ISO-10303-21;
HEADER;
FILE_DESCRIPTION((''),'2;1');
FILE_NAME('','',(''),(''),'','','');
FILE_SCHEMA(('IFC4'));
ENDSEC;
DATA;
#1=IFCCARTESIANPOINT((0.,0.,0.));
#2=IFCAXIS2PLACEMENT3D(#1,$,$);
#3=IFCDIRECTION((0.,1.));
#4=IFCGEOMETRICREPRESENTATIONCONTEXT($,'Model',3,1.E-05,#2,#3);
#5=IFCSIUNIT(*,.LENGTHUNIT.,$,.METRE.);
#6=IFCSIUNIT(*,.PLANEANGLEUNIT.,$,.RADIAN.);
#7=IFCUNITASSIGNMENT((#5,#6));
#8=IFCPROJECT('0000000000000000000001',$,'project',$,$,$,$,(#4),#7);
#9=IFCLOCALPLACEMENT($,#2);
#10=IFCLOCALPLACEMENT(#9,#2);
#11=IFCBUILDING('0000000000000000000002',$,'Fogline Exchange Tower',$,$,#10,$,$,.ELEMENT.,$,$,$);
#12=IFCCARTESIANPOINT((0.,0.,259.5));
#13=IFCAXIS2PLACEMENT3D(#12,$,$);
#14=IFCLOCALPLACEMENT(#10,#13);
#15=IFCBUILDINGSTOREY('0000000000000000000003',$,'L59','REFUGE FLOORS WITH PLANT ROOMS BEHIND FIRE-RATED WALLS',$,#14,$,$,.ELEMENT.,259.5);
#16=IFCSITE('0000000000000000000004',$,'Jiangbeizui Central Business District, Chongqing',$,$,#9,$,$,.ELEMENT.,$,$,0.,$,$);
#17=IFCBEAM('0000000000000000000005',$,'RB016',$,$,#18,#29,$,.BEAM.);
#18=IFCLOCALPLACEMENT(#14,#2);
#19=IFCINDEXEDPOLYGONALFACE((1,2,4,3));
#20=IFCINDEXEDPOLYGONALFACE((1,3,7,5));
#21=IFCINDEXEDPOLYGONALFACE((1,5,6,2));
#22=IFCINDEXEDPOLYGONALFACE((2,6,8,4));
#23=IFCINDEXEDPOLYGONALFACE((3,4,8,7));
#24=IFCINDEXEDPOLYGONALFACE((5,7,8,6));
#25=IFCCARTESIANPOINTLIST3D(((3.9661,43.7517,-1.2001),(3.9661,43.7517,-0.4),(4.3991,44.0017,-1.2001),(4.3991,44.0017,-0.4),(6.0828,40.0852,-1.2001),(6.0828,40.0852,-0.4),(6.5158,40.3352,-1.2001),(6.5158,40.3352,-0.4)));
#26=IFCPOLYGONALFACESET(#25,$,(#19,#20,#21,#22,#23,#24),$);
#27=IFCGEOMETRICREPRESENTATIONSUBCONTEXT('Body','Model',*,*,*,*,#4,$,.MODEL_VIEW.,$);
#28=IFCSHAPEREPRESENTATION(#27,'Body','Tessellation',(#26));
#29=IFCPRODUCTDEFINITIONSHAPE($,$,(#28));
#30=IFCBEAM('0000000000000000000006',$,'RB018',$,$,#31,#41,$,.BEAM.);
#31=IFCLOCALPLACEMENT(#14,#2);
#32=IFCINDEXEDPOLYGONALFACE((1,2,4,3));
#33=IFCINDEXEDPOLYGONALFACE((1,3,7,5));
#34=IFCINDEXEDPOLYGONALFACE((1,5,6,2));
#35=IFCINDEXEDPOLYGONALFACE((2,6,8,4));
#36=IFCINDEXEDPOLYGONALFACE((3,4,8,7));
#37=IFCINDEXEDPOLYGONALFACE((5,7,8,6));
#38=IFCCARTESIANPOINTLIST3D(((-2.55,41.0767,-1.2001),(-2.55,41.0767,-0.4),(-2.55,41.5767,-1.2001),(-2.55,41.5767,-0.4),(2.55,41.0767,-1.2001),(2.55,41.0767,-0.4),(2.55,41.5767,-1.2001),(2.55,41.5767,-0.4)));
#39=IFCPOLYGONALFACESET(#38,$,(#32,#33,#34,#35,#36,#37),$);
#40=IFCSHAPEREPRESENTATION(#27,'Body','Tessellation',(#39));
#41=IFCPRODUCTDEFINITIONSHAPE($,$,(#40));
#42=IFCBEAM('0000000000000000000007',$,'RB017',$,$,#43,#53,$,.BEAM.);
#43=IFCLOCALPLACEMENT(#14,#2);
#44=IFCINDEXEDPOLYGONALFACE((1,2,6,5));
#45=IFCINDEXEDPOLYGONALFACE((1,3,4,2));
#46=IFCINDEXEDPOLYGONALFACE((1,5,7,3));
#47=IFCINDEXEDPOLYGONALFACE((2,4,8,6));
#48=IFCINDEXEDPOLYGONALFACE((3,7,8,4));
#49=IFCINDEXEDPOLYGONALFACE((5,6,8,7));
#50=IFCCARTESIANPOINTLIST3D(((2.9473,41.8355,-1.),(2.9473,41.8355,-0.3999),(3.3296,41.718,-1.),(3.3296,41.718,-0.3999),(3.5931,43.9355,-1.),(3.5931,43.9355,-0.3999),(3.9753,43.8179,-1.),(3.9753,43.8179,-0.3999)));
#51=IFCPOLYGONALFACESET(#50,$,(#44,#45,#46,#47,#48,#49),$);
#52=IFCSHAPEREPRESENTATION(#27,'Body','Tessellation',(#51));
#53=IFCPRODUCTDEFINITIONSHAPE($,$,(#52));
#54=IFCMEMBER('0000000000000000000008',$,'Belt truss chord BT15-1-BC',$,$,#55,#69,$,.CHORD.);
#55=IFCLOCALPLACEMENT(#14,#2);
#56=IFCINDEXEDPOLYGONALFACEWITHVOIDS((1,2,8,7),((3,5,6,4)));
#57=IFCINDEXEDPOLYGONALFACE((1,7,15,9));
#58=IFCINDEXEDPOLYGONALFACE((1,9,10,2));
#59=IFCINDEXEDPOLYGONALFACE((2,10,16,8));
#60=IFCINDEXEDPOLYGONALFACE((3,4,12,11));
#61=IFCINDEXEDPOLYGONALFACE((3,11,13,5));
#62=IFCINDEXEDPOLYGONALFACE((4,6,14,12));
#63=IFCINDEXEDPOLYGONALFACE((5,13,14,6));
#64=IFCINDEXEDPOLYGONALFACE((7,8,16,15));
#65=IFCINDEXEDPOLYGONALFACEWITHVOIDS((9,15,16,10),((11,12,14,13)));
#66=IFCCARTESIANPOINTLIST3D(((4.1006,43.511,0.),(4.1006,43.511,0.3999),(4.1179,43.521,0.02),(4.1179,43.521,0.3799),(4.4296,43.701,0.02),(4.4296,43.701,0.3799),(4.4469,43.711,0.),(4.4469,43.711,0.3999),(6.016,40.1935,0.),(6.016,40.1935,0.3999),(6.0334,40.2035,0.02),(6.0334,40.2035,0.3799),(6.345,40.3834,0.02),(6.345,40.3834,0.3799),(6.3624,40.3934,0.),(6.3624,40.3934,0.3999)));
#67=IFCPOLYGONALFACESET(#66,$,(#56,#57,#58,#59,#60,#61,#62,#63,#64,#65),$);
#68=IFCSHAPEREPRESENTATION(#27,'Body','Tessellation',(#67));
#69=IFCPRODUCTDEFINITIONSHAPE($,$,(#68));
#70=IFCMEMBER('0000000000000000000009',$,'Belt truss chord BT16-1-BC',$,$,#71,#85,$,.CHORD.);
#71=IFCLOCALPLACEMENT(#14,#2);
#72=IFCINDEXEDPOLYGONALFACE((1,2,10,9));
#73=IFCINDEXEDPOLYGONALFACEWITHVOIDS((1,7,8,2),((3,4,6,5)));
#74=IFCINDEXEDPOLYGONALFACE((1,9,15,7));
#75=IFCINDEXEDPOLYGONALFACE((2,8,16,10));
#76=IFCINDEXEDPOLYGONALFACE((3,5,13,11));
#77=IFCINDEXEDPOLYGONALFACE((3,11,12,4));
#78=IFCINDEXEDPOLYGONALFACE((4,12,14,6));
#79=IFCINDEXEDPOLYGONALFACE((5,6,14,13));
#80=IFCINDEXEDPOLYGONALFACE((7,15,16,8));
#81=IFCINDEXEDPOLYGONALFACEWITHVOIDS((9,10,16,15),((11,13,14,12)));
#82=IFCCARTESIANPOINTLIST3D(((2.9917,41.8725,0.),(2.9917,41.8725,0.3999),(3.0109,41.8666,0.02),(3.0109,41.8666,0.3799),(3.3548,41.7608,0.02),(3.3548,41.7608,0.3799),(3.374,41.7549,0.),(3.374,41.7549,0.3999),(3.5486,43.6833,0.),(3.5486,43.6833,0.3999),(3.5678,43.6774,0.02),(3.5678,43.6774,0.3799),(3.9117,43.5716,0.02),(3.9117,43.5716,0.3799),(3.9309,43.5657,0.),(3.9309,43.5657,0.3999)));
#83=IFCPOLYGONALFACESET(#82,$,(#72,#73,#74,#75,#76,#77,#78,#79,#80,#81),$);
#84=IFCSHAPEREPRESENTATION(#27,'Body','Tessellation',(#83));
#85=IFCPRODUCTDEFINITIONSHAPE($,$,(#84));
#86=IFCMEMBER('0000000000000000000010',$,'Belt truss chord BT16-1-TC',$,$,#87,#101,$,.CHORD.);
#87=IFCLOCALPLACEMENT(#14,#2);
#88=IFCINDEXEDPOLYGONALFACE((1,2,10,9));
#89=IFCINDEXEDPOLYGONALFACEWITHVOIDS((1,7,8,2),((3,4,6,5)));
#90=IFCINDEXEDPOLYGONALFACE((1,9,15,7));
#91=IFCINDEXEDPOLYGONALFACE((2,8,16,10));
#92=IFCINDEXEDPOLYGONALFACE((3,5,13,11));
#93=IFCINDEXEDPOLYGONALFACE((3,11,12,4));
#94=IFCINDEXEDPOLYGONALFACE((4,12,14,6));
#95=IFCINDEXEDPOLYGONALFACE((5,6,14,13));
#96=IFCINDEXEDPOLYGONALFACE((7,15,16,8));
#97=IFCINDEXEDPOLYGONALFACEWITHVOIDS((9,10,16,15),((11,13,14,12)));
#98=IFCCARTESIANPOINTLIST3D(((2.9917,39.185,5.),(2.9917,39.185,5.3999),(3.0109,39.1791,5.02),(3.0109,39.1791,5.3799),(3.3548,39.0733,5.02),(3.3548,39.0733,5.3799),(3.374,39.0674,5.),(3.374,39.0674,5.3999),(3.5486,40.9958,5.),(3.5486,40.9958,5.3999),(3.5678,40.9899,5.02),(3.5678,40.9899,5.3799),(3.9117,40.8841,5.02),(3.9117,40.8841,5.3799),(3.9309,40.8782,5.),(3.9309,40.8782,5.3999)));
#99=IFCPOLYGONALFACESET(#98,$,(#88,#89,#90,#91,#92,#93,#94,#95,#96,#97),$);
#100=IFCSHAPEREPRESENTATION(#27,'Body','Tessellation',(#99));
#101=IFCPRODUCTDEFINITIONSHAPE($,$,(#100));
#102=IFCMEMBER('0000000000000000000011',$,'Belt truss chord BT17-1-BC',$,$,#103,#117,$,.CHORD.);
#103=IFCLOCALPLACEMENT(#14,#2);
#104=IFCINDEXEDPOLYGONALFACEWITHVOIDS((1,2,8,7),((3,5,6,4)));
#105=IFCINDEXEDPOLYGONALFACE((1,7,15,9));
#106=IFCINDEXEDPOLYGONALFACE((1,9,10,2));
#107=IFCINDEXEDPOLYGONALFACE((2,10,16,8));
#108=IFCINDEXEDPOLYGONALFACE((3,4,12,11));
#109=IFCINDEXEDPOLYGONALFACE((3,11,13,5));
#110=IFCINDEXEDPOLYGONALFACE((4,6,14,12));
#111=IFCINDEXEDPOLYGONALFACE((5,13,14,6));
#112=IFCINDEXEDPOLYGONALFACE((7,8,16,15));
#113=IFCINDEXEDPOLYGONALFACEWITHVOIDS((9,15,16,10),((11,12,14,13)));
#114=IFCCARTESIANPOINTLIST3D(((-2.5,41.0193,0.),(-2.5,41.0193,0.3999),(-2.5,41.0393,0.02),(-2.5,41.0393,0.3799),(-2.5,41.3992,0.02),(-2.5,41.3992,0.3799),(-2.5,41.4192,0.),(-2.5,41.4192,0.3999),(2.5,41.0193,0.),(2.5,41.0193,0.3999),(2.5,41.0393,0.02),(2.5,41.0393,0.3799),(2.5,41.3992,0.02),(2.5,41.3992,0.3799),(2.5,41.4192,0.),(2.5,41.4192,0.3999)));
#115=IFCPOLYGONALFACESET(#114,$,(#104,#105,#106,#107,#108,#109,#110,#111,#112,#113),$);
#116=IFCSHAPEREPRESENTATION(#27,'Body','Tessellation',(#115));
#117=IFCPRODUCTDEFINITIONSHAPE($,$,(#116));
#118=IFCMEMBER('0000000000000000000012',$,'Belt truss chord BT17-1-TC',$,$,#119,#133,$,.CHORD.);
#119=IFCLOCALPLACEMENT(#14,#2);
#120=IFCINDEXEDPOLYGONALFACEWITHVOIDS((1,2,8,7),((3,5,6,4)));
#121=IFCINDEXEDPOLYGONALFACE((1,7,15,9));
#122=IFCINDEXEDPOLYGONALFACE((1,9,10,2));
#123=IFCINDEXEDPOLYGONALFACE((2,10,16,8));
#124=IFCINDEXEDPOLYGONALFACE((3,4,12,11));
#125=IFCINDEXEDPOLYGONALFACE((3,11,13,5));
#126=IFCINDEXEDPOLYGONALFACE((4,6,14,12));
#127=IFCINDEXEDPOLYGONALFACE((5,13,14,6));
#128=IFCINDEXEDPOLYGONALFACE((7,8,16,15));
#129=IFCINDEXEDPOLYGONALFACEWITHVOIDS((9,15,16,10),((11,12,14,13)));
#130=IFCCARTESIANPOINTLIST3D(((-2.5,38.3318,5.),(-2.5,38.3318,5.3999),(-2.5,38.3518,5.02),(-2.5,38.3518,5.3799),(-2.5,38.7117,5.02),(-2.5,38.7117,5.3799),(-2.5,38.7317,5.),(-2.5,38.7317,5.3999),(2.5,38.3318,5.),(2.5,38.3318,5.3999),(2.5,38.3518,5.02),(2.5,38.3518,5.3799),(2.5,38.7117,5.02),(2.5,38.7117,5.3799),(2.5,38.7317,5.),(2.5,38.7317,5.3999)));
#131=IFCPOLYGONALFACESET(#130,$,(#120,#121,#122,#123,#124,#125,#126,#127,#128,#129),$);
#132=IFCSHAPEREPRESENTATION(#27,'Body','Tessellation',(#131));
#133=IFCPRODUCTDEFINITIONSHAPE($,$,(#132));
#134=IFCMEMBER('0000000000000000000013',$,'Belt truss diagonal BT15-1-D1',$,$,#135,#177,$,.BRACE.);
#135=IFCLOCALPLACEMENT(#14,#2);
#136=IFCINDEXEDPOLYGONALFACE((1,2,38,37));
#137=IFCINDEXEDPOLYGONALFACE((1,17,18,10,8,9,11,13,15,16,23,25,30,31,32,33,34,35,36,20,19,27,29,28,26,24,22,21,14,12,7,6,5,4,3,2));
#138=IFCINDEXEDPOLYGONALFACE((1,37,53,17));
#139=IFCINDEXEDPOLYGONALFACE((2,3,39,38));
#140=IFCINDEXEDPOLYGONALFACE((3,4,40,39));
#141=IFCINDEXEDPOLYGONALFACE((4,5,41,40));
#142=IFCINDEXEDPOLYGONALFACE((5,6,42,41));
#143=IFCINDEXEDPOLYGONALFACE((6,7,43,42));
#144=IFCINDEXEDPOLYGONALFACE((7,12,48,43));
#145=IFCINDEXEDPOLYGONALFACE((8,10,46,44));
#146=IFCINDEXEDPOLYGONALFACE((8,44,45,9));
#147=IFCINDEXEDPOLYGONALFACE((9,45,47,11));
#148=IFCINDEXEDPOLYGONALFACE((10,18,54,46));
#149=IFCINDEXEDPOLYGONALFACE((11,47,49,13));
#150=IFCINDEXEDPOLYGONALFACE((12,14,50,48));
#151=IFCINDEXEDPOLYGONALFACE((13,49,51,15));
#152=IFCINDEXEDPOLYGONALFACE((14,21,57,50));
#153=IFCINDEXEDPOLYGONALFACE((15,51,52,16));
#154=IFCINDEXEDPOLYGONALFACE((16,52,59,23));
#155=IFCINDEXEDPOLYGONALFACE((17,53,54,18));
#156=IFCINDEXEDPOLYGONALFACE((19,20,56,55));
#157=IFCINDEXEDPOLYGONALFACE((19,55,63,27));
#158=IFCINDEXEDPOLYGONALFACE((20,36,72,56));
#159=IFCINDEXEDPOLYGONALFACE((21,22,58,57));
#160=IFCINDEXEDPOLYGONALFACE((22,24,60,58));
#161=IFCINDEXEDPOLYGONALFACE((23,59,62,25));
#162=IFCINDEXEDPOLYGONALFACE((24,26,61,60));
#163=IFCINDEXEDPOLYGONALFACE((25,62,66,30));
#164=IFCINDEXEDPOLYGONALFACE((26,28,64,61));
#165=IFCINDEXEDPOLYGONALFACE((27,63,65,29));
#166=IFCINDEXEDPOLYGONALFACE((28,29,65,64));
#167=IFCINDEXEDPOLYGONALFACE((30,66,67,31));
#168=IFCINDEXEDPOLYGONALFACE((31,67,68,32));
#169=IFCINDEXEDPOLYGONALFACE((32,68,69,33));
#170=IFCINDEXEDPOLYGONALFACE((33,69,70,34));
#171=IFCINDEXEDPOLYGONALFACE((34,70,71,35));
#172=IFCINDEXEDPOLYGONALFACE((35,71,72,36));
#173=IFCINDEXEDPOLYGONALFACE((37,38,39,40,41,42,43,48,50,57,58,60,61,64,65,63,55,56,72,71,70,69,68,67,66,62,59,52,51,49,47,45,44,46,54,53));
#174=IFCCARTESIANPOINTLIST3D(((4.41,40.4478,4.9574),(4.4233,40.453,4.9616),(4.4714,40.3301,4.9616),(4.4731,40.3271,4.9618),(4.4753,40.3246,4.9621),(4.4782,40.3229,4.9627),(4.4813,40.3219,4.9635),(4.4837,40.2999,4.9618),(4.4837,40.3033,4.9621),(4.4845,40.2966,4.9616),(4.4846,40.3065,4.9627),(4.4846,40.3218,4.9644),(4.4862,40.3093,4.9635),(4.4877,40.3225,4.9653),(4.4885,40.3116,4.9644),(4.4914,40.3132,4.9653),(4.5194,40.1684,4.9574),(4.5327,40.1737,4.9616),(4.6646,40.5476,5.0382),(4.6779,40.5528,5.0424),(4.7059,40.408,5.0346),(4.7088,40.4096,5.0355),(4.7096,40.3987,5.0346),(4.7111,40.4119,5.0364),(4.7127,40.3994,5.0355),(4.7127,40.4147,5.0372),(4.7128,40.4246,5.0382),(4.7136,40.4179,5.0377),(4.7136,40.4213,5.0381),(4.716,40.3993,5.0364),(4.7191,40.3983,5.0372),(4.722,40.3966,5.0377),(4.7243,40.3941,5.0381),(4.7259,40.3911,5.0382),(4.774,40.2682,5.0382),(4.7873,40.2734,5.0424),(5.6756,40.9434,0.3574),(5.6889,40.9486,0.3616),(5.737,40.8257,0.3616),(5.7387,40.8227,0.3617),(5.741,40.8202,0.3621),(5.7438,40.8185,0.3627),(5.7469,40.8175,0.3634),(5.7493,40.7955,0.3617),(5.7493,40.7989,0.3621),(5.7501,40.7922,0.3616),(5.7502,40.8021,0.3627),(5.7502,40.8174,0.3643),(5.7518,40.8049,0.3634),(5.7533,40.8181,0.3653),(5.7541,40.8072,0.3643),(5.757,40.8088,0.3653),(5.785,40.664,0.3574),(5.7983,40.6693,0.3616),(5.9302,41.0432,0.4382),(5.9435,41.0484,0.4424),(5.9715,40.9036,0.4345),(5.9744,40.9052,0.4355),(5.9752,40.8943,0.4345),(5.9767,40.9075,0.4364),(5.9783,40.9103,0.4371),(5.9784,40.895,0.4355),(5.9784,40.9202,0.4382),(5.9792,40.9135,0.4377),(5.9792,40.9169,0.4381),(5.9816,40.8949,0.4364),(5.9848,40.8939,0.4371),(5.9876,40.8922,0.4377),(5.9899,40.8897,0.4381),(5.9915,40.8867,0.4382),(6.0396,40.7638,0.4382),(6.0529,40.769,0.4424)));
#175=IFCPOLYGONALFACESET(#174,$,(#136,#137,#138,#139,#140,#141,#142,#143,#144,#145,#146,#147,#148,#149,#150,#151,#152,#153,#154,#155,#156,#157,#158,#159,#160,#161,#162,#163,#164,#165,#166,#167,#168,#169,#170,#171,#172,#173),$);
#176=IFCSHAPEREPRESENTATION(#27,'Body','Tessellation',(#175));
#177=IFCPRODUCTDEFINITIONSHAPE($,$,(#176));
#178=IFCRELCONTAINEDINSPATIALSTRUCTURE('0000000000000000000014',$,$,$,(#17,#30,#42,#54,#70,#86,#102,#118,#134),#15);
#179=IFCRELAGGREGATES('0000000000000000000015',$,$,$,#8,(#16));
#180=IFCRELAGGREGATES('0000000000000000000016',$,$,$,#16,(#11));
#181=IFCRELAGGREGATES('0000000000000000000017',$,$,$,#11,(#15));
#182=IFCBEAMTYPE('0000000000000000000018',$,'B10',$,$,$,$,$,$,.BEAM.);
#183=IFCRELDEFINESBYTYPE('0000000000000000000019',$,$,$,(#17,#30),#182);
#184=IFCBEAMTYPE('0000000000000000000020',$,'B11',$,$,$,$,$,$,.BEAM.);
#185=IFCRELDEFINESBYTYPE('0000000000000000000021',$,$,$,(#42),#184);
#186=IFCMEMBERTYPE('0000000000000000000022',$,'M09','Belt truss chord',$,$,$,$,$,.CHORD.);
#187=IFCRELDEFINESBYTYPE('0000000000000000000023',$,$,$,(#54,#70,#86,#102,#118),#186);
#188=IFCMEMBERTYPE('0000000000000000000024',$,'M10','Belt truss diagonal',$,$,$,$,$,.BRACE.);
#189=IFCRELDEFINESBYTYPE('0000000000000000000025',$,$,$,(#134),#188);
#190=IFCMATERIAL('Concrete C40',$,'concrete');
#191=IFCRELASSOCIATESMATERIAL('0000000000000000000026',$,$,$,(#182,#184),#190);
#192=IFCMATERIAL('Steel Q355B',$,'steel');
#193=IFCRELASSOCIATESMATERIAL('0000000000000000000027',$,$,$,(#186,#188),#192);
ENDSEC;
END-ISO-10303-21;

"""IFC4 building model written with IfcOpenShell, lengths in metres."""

from ifc_helpers import new_model, si_unit, direction, frame, origin, origin_2d, place, context, subcontext, project, spatial, rectangle, hollow_rectangle, i_section, extrude, material, material_profile, profile_set, type_object, element, save


model = new_model("IFC4")

# Units and contexts
model_context = context("Model", 3, precision=1e-05, world=origin(), true_north=direction((0.0, 1.0)))
body_context = subcontext(model_context, "Body", "Model", "MODEL_VIEW")
ifc_project = project(units=[si_unit("LENGTHUNIT", "METRE"), si_unit("PLANEANGLEUNIT", "RADIAN")], contexts=[model_context])

# Site, building, storey
site_placement = place(None, origin())
site = spatial("IfcSite", under=ifc_project, at=site_placement, Name="Jiangbeizui Central Business District, Chongqing", CompositionType="ELEMENT", RefElevation=0.0)
building_placement = place(site_placement, origin())
building = spatial("IfcBuilding", under=site, at=building_placement, Name="Fogline Exchange Tower", CompositionType="ELEMENT")
storey_placement = place(building_placement, frame((0.0, 0.0, 259.5)))
storey = spatial("IfcBuildingStorey", under=building, at=storey_placement, Name="L59", Description="REFUGE FLOORS WITH PLANT ROOMS BEHIND FIRE-RATED WALLS", CompositionType="ELEMENT", Elevation=259.5)

# Beams
ifc_material_1 = material(Name="Concrete C40", Category="concrete")
ifc_material_profile_1 = material_profile(ifc_material_1, rectangle(XDim=0.5, YDim=0.8, at=origin_2d()), Name="RC 500x800")
ifc_profile_set_1 = profile_set([ifc_material_profile_1], Name="Concrete C40")
beam_type_1 = type_object("IfcBeamType", Name="B10", PredefinedType="BEAM", material=ifc_profile_set_1)
beam_1_placement = place(storey_placement, frame((6.2993, 40.2102, -0.8), z_axis=(-0.499972, 0.866042, 0.0), x_axis=(-0.866042, -0.499972, 0.0)))
element("IfcBeam", 1, at=beam_1_placement, inside=storey, type_object=beam_type_1, Name="RB016", PredefinedType="BEAM", context=body_context, shape_type="SweptSolid", body=[
    extrude(rectangle(XDim=0.5, YDim=0.8, at=origin_2d()), origin(), (0.0, 0.0, 1.0), 4.2336),
])
beam_2_placement = place(storey_placement, frame((2.55, 41.3267, -0.8), z_axis=(-1.0, 0.0, 0.0), x_axis=(0.0, -1.0, 0.0)))
element("IfcBeam", 2, at=beam_2_placement, inside=storey, type_object=beam_type_1, Name="RB018", PredefinedType="BEAM", context=body_context, shape_type="SweptSolid", body=[
    extrude(rectangle(XDim=0.5, YDim=0.8, at=origin_2d()), origin(), (0.0, 0.0, 1.0), 5.1001),
])
ifc_material_profile_2 = material_profile(ifc_material_1, rectangle(XDim=0.3999, YDim=0.6001, at=origin_2d()), Name="RC 400x600")
ifc_profile_set_2 = profile_set([ifc_material_profile_2], Name="Concrete C40")
beam_type_2 = type_object("IfcBeamType", Name="B11", PredefinedType="BEAM", material=ifc_profile_set_2)
beam_3_placement = place(storey_placement, frame((3.7842, 43.8767, -0.7), z_axis=(-0.293906, -0.955834, 0.0), x_axis=(0.955834, -0.293906, 0.0)))
element("IfcBeam", 3, at=beam_3_placement, inside=storey, type_object=beam_type_2, Name="RB017", PredefinedType="BEAM", context=body_context, shape_type="SweptSolid", body=[
    extrude(rectangle(XDim=0.3999, YDim=0.6001, at=origin_2d()), origin(), (0.0, 0.0, 1.0), 2.197),
])

# Members
ifc_material_2 = material(Name="Steel Q355B", Category="steel")
ifc_material_profile_3 = material_profile(ifc_material_2, hollow_rectangle(XDim=0.3999, YDim=0.3999, WallThickness=0.02, at=origin_2d()), Name="BOX400X400X20")
ifc_profile_set_3 = profile_set([ifc_material_profile_3], Name="Steel Q355B")
member_type_1 = type_object("IfcMemberType", Name="M09", Description="Belt truss chord", PredefinedType="CHORD", material=ifc_profile_set_3)
member_1_placement = place(storey_placement, frame((6.1892, 40.2935, 0.2), z_axis=(-0.500019, 0.866015, 0.0), x_axis=(-0.866015, -0.500019, 0.0)))
element("IfcMember", 4, at=member_1_placement, inside=storey, type_object=member_type_1, Name="Belt truss chord BT15-1-BC", PredefinedType="CHORD", context=body_context, shape_type="SweptSolid", body=[
    extrude(hollow_rectangle(XDim=0.3999, YDim=0.3999, WallThickness=0.02, at=origin_2d()), origin(), (0.0, 0.0, 1.0), 3.8308),
])
for number, where, z_axis, x_axis, name in (
    (5, (3.7397, 43.6245, 0.2), (-0.29395, -0.955821, 0.0), (0.955821, -0.29395, 0.0), "Belt truss chord BT16-1-BC"),
    (6, (3.7397, 40.937, 5.2), (-0.29395, -0.955821, 0.0), (0.955821, -0.29395, 0.0), "Belt truss chord BT16-1-TC"),
):
    element("IfcMember", number, at=place(storey_placement, frame(where, z_axis=z_axis, x_axis=x_axis)), inside=storey, type_object=member_type_1, Name=name, PredefinedType="CHORD", context=body_context, shape_type="SweptSolid", body=[
        extrude(hollow_rectangle(XDim=0.3999, YDim=0.3999, WallThickness=0.02, at=origin_2d()), origin(), (0.0, 0.0, 1.0), 1.8945),
    ])
for number, where, z_axis, x_axis, name in (
    (7, (2.5, 41.2192, 0.2), (-1.0, 0.0, 0.0), (0.0, -1.0, 0.0), "Belt truss chord BT17-1-BC"),
    (8, (2.5, 38.5317, 5.2), (-1.0, 0.0, 0.0), (0.0, -1.0, 0.0), "Belt truss chord BT17-1-TC"),
):
    element("IfcMember", number, at=place(storey_placement, frame(where, z_axis=z_axis, x_axis=x_axis)), inside=storey, type_object=member_type_1, Name=name, PredefinedType="CHORD", context=body_context, shape_type="SweptSolid", body=[
        extrude(hollow_rectangle(XDim=0.3999, YDim=0.3999, WallThickness=0.02, at=origin_2d()), origin(), (0.0, 0.0, 1.0), 5.0),
    ])
ifc_material_profile_4 = material_profile(ifc_material_2, i_section(OverallWidth=0.3, OverallDepth=0.3, WebThickness=0.01, FlangeThickness=0.0149, FilletRadius=0.0129, at=origin_2d()), Name="HW300X300X10X15")
ifc_profile_set_4 = profile_set([ifc_material_profile_4], Name="Steel Q355B")
member_type_2 = type_object("IfcMemberType", Name="M10", Description="Belt truss diagonal", PredefinedType="BRACE", material=ifc_profile_set_4)
member_2_placement = place(storey_placement, frame((5.8643, 40.8562, 0.3999), z_axis=(-0.263853, -0.103322, 0.959013), x_axis=(0.36463, -0.931153, 0.0)))
element("IfcMember", 9, at=member_2_placement, inside=storey, type_object=member_type_2, Name="Belt truss diagonal BT15-1-D1", PredefinedType="BRACE", context=body_context, shape_type="SweptSolid", body=[
    extrude(i_section(OverallWidth=0.3, OverallDepth=0.3, WebThickness=0.01, FlangeThickness=0.0149, FilletRadius=0.0129, at=origin_2d()), origin(), (0.0, 0.0, 1.0), 4.7966),
])

save(model, "model.ifc")
